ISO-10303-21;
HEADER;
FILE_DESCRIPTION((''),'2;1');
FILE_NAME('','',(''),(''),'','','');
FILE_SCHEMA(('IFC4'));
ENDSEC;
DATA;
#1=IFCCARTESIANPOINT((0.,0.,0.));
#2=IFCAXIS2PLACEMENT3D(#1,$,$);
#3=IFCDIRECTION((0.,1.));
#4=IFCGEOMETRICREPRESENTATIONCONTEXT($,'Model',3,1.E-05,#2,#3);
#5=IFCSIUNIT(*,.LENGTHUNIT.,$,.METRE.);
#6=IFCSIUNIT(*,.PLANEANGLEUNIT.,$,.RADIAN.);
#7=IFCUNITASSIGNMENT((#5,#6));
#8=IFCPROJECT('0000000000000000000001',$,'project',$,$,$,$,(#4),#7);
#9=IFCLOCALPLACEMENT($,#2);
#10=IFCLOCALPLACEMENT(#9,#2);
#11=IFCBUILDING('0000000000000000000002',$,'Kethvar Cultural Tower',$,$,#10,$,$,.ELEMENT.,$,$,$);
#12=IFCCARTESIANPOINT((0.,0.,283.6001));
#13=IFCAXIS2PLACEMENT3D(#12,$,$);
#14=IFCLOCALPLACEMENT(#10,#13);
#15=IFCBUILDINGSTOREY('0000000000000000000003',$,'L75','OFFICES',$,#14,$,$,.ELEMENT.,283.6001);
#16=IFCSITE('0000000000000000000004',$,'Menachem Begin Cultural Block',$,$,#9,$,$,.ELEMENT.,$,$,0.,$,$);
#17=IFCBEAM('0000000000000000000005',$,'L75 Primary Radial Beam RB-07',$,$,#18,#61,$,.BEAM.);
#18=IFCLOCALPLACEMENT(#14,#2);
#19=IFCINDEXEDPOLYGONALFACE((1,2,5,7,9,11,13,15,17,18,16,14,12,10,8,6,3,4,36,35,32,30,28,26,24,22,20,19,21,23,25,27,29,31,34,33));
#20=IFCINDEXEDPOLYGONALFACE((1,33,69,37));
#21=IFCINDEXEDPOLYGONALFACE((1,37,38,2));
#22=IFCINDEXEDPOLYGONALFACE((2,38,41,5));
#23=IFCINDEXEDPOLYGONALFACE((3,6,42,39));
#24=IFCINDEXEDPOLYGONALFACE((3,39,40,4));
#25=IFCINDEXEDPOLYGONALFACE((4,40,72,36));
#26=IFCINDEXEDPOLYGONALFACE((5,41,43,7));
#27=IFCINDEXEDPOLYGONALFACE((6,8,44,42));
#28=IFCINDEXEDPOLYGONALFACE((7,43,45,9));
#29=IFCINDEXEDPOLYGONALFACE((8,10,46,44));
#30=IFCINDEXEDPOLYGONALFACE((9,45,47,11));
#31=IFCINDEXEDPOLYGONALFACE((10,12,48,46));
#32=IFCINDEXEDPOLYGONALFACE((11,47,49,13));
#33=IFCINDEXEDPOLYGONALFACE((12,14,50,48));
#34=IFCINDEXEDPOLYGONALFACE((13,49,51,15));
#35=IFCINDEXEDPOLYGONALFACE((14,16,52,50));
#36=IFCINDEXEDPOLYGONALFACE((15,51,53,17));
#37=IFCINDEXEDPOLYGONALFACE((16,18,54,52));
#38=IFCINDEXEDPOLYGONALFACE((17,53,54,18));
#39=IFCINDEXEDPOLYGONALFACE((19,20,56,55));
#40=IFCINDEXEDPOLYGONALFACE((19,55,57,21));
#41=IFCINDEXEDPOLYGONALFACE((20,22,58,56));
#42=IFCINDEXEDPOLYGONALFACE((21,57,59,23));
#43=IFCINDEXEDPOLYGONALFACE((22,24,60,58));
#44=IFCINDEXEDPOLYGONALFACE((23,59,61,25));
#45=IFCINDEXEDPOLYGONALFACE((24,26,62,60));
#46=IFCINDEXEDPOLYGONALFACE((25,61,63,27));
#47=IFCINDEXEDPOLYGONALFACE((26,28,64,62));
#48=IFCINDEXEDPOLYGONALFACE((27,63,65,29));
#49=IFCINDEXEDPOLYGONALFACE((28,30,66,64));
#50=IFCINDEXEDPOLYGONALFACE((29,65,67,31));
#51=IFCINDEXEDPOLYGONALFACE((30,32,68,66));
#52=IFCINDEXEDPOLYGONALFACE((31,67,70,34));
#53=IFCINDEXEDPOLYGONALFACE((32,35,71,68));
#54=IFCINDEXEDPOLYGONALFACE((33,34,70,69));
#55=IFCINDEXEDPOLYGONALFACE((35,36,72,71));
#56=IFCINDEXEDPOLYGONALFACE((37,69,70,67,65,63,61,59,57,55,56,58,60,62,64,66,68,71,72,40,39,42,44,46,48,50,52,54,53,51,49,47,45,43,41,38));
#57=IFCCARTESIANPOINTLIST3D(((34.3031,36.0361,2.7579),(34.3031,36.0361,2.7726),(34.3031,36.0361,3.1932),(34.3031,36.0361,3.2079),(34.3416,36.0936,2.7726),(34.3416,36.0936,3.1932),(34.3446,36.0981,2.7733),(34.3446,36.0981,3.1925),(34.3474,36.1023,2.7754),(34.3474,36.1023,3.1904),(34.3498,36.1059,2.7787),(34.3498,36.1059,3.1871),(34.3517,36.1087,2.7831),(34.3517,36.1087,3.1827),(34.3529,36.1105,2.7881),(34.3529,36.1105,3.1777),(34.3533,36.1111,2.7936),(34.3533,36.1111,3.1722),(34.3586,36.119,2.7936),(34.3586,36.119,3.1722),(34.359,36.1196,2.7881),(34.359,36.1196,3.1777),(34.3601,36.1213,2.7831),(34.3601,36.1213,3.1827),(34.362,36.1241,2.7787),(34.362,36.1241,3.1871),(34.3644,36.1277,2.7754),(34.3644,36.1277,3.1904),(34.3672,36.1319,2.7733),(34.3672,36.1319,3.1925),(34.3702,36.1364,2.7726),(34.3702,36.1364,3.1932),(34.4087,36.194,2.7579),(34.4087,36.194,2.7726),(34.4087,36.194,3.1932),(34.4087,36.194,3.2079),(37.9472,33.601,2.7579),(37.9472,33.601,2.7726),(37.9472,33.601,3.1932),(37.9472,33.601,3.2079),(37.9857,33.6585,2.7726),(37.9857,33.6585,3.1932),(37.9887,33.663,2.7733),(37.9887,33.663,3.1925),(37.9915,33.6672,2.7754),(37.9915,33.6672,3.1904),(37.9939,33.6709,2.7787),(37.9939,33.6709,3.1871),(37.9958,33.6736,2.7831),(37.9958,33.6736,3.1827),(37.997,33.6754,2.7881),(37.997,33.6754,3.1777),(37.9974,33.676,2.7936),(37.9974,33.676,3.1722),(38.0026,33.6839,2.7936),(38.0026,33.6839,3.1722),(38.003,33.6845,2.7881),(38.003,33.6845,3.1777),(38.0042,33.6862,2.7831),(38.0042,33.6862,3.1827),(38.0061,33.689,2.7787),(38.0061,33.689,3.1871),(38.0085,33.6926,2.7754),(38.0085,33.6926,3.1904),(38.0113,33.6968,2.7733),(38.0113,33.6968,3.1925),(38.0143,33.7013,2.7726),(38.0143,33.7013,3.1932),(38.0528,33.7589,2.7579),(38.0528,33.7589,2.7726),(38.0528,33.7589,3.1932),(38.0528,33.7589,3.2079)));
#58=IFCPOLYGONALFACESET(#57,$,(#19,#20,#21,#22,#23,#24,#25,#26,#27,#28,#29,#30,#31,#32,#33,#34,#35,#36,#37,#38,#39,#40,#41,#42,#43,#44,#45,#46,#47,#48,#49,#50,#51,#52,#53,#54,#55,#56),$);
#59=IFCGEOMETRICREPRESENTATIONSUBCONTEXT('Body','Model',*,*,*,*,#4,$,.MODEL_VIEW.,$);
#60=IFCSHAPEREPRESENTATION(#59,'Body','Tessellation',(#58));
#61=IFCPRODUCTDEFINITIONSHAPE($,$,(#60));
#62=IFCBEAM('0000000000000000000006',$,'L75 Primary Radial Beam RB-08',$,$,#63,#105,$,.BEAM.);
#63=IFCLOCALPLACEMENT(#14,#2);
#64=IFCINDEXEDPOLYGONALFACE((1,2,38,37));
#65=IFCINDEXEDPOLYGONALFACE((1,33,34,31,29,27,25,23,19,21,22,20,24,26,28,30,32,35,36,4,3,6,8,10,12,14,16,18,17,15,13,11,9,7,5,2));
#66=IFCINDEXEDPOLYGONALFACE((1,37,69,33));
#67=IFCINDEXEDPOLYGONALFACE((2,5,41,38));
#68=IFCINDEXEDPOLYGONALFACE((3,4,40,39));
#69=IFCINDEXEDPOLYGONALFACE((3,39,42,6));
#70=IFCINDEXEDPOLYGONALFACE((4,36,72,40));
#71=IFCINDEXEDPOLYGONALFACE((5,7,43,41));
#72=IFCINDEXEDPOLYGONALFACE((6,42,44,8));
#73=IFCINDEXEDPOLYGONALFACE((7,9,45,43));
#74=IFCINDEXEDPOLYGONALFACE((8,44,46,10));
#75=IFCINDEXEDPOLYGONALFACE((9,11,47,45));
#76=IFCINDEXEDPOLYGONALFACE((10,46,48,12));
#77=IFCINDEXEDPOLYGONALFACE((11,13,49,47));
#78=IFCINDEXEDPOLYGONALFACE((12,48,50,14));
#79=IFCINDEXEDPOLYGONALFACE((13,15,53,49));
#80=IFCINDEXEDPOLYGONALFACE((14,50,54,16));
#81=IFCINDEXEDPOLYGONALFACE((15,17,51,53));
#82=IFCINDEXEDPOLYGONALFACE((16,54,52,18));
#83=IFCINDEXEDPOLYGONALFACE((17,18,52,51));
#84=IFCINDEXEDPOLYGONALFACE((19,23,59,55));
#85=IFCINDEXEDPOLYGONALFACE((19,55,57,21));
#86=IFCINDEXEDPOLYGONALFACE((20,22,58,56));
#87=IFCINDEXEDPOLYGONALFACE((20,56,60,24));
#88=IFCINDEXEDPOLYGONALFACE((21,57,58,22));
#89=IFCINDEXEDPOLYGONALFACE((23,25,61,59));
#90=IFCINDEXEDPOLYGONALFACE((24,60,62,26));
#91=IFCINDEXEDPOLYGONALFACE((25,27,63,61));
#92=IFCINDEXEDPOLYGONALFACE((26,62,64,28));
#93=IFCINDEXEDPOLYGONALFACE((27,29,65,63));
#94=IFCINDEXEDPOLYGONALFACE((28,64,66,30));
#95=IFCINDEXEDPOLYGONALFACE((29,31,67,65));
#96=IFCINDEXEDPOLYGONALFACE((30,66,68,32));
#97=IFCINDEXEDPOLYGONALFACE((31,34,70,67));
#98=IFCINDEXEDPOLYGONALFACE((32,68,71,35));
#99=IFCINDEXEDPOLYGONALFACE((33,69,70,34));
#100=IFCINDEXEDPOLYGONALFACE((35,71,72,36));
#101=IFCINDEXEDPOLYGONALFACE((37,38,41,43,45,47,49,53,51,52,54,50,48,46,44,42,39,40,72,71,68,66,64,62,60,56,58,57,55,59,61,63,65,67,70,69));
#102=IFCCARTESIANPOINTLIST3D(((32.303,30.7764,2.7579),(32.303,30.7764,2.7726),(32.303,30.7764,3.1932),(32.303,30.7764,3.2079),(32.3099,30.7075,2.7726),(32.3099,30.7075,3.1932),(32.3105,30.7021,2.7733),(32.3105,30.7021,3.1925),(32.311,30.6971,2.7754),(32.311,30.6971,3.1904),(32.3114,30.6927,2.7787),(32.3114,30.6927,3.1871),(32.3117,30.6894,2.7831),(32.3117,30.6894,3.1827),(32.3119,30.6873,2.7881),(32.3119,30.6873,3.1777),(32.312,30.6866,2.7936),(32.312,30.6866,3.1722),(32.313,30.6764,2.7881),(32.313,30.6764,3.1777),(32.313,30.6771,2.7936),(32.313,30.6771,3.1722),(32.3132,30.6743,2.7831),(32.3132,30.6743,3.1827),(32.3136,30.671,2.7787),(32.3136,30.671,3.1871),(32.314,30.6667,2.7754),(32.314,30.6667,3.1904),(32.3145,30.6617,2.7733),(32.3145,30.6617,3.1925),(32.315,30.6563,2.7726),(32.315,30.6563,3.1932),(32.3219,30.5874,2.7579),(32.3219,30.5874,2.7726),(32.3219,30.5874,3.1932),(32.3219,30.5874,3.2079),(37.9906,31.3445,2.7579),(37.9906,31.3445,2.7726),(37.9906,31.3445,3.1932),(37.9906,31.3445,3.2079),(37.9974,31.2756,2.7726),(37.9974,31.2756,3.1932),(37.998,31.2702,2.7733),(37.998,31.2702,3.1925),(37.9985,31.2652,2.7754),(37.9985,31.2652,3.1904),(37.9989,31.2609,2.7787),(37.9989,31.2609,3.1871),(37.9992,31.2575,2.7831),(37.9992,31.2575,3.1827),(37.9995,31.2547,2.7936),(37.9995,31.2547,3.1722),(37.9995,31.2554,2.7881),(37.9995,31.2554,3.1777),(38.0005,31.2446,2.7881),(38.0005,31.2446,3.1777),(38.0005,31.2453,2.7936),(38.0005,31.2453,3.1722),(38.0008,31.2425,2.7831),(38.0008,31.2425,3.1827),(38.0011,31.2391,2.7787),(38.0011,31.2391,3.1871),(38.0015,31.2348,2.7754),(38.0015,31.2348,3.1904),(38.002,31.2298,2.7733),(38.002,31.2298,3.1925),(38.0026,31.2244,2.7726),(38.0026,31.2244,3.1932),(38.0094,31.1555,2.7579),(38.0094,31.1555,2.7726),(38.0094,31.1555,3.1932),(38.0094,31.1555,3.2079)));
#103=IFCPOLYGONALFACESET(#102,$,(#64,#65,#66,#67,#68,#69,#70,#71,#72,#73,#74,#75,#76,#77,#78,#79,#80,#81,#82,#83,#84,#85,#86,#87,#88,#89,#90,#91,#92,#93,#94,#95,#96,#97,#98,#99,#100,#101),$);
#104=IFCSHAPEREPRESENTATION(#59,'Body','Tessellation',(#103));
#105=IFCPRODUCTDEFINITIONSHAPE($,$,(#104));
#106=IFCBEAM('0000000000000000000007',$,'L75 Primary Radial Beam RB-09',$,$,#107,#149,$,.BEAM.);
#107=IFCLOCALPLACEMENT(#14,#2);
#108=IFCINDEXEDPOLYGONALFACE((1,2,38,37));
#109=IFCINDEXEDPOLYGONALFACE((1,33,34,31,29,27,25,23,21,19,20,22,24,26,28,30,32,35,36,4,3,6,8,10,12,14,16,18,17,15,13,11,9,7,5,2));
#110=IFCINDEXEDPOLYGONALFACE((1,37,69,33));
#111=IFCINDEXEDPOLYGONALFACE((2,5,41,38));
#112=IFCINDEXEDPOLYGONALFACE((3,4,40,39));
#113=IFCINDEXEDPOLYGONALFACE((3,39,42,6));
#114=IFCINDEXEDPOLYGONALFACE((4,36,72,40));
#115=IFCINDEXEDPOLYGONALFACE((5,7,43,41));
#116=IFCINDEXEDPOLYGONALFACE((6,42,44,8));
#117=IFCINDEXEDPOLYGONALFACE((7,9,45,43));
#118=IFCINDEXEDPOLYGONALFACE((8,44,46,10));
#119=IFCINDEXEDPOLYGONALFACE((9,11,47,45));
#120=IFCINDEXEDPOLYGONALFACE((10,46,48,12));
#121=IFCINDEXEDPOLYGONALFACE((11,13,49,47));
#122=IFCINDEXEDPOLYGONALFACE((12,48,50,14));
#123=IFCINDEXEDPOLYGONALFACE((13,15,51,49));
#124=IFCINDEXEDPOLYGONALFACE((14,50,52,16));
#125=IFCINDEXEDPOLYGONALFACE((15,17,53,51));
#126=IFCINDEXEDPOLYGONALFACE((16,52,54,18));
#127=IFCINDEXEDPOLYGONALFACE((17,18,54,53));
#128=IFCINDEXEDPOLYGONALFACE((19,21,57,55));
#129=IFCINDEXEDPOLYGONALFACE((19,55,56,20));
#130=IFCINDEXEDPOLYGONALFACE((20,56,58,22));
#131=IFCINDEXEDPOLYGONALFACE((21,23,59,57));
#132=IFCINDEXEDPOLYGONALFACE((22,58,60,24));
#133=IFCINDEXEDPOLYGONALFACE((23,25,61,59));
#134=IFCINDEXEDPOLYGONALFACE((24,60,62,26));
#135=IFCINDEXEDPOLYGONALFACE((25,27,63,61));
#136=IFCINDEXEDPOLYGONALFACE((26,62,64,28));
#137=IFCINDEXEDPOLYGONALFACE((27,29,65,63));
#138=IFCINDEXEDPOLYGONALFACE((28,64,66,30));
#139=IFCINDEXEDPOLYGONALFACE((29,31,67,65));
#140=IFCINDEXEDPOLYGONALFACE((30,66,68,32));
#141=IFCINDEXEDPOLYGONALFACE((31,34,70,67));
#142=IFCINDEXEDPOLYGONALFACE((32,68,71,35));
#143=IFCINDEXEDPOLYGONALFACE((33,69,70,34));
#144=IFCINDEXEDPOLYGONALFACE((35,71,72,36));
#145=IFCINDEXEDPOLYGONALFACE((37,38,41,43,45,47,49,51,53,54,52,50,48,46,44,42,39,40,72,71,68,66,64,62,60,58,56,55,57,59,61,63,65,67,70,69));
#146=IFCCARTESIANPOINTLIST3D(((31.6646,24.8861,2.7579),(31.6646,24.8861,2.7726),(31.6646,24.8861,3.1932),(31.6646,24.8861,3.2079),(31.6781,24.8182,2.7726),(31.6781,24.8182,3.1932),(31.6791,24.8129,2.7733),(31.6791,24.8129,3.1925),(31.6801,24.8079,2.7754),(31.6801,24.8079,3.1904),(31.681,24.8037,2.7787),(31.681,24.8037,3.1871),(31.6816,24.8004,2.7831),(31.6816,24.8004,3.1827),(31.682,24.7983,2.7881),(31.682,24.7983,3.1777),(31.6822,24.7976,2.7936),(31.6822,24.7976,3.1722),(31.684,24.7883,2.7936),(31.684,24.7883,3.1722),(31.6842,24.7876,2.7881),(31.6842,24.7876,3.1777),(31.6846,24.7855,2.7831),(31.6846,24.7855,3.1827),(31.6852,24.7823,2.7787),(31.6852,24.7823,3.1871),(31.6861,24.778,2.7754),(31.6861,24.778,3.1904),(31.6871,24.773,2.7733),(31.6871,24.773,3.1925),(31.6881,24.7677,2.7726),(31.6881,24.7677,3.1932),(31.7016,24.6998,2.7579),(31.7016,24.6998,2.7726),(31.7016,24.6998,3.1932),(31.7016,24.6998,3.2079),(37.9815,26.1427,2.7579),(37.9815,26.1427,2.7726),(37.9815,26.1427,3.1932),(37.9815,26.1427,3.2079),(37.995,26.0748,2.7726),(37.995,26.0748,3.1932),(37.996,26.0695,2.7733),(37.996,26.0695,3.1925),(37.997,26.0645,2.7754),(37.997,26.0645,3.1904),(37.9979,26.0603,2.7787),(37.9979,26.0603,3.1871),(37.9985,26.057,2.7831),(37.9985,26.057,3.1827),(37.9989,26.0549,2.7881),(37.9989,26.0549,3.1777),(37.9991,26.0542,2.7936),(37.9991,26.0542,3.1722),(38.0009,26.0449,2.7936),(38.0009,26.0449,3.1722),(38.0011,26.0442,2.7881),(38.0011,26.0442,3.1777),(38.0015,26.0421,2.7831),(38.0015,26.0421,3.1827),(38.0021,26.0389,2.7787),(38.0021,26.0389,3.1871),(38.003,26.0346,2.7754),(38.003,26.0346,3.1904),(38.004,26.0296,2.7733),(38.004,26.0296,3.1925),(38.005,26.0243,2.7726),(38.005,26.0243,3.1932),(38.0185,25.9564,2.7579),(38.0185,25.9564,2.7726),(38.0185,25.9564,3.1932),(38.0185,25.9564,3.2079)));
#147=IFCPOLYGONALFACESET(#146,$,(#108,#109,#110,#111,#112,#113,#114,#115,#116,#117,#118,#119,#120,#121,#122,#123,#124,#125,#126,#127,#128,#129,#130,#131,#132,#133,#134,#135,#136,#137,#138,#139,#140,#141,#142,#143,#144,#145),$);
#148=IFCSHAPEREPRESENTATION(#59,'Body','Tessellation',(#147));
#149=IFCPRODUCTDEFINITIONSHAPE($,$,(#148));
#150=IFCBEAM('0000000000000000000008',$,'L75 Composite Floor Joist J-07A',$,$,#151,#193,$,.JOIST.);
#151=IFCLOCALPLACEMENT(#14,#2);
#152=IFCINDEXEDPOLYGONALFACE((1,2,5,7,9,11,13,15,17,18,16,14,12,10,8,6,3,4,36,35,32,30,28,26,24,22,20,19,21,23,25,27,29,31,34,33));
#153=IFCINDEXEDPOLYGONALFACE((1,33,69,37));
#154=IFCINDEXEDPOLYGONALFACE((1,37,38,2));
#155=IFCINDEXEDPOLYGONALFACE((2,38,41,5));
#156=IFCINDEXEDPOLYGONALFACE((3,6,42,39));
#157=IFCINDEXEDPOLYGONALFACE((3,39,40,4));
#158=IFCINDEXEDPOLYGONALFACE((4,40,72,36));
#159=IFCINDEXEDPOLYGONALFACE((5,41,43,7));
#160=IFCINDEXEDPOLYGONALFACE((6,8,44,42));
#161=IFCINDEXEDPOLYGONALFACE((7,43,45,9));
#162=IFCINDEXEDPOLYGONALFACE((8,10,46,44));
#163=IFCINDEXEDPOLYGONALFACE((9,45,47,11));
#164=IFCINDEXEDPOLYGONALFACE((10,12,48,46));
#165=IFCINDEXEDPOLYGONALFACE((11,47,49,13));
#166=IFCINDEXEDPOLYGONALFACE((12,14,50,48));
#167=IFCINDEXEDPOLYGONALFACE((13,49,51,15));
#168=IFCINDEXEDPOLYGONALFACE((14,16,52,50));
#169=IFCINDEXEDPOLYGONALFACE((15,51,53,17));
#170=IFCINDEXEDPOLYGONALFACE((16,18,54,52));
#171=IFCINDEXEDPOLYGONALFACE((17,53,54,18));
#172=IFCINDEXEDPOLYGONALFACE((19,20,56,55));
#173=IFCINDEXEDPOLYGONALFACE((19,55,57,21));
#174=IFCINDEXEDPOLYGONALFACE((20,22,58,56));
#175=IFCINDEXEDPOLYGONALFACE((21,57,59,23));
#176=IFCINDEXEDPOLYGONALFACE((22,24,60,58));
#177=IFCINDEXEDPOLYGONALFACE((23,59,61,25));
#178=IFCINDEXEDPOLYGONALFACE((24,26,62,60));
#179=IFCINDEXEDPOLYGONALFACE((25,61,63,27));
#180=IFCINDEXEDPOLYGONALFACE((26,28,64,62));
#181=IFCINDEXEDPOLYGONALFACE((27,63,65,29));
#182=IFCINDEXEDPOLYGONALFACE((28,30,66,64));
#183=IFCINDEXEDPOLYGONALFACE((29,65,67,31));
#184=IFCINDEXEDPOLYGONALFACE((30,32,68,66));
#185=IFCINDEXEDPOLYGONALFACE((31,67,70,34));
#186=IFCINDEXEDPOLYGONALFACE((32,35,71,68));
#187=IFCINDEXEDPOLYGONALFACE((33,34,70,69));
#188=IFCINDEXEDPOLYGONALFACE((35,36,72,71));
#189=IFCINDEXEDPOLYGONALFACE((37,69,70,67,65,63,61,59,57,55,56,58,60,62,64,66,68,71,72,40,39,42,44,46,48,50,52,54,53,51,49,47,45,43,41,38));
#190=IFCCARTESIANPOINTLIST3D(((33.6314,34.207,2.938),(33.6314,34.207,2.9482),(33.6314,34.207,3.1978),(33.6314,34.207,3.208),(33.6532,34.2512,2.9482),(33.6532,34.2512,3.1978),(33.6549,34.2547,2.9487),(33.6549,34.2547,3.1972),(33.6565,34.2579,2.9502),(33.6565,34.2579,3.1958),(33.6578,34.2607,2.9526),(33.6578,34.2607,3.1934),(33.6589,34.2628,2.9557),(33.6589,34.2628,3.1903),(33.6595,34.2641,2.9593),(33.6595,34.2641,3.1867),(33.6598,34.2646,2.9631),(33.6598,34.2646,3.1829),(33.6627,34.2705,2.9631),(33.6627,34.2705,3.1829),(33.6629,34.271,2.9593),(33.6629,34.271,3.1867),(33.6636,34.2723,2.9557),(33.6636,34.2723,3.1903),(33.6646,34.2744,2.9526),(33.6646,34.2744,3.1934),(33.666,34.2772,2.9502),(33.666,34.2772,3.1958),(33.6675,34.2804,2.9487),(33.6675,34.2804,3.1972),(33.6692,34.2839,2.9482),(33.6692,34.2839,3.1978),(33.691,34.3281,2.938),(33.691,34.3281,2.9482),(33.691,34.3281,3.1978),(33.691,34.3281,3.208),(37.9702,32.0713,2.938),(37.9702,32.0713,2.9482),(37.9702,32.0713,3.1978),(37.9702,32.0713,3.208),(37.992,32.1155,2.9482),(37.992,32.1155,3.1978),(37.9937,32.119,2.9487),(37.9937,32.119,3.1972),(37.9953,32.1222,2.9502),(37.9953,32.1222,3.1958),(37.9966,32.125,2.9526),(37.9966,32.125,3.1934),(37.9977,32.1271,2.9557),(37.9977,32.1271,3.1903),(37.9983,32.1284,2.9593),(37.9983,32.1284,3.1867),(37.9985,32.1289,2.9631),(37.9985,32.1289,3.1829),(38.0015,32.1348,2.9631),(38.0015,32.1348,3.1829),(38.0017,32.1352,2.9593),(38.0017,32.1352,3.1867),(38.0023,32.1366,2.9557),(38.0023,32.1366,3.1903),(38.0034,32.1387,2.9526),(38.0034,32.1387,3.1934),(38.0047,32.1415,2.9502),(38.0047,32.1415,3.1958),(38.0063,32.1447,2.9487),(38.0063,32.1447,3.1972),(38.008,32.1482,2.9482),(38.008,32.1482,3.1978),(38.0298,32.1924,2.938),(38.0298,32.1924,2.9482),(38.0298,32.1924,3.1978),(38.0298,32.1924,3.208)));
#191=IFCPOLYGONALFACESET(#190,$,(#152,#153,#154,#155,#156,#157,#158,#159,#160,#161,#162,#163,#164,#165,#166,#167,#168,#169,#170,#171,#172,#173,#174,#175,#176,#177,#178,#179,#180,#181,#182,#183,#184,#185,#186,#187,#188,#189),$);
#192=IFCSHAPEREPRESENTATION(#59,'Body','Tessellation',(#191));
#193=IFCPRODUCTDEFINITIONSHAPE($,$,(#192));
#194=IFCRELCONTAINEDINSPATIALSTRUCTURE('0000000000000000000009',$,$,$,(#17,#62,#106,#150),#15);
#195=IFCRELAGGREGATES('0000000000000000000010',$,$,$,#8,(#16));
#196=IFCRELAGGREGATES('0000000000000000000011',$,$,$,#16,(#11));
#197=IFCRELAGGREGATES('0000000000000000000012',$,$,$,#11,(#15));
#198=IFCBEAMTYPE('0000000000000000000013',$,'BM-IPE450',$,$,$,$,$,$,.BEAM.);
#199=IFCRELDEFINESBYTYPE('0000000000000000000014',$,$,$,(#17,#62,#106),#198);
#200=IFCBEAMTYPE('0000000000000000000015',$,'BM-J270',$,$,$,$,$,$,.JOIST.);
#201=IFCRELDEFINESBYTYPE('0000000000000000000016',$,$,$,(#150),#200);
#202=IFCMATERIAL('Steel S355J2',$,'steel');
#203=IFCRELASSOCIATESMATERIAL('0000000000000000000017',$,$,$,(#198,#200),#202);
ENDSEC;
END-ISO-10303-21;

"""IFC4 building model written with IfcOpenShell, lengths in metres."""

from ifc_helpers import new_model, si_unit, direction, frame, origin, origin_2d, place, context, subcontext, project, spatial, i_section, extrude, source, transform, mapped, material, material_profile, profile_set, type_object, element, save


model = new_model("IFC4")

# Units and contexts
model_context = context("Model", 3, precision=1e-05, world=origin(), true_north=direction((0.0, 1.0)))
body_context = subcontext(model_context, "Body", "Model", "MODEL_VIEW")
ifc_project = project(units=[si_unit("LENGTHUNIT", "METRE"), si_unit("PLANEANGLEUNIT", "RADIAN")], contexts=[model_context])

# Site, building, storey
site_placement = place(None, origin())
site = spatial("IfcSite", under=ifc_project, at=site_placement, Name="Menachem Begin Cultural Block", CompositionType="ELEMENT", RefElevation=0.0)
building_placement = place(site_placement, origin())
building = spatial("IfcBuilding", under=site, at=building_placement, Name="Kethvar Cultural Tower", CompositionType="ELEMENT")
storey_placement = place(building_placement, frame((0.0, 0.0, 283.6001)))
storey = spatial("IfcBuildingStorey", under=building, at=storey_placement, Name="L75", Description="OFFICES", CompositionType="ELEMENT", Elevation=283.6001)

# Beams
ifc_material_1 = material(Name="Steel S355J2", Category="steel")
ifc_material_profile_1 = material_profile(ifc_material_1, i_section(OverallWidth=0.1899, OverallDepth=0.45, WebThickness=0.0095, FlangeThickness=0.0146, FilletRadius=0.021, at=origin_2d()), Name="Steel S355J2 — IPE450")
ifc_profile_set_1 = profile_set([ifc_material_profile_1], Name="Steel S355J2 — IPE450")
beam_type_1 = type_object("IfcBeamType", Name="BM-IPE450", PredefinedType="BEAM", material=ifc_profile_set_1)
shared_shape_1 = source(origin(), body_context, "Body", "SweptSolid", [
    extrude(i_section(OverallWidth=0.1899, OverallDepth=0.45, WebThickness=0.0095, FlangeThickness=0.0146, FilletRadius=0.021, at=origin_2d()), origin(), (0.0, 0.0, 1.0), 4.3828),
])
beam_1_placement = place(storey_placement, frame((38.0, 33.6799, 2.9829), z_axis=(-0.83145, 0.5556, 0.0), x_axis=(-0.5556, -0.83145, 0.0)))
element("IfcBeam", 1, at=beam_1_placement, inside=storey, type_object=beam_type_1, Name="L75 Primary Radial Beam RB-07", PredefinedType="BEAM", context=body_context, shape_type="MappedRepresentation", body=[
    mapped(shared_shape_1, transform((0.0, 0.0, 0.0), scale=1.0)),
])
shared_shape_2 = source(origin(), body_context, "Body", "SweptSolid", [
    extrude(i_section(OverallWidth=0.1899, OverallDepth=0.45, WebThickness=0.0095, FlangeThickness=0.0146, FilletRadius=0.021, at=origin_2d()), origin(), (0.0, 0.0, 1.0), 5.7158),
])
beam_2_placement = place(storey_placement, frame((38.0, 31.25, 2.9829), z_axis=(-0.995048, -0.099394, 0.0), x_axis=(0.099394, -0.995048, 0.0)))
element("IfcBeam", 2, at=beam_2_placement, inside=storey, type_object=beam_type_1, Name="L75 Primary Radial Beam RB-08", PredefinedType="BEAM", context=body_context, shape_type="MappedRepresentation", body=[
    mapped(shared_shape_2, transform((0.0, 0.0, 0.0), scale=1.0)),
])
shared_shape_3 = source(origin(), body_context, "Body", "SweptSolid", [
    extrude(i_section(OverallWidth=0.1899, OverallDepth=0.45, WebThickness=0.0095, FlangeThickness=0.0146, FilletRadius=0.021, at=origin_2d()), origin(), (0.0, 0.0, 1.0), 6.4407),
])
beam_3_placement = place(storey_placement, frame((38.0, 26.0496, 2.9829), z_axis=(-0.980783, -0.195103, 0.0), x_axis=(0.195103, -0.980783, 0.0)))
element("IfcBeam", 3, at=beam_3_placement, inside=storey, type_object=beam_type_1, Name="L75 Primary Radial Beam RB-09", PredefinedType="BEAM", context=body_context, shape_type="MappedRepresentation", body=[
    mapped(shared_shape_3, transform((0.0, 0.0, 0.0), scale=1.0)),
])
ifc_material_profile_2 = material_profile(ifc_material_1, i_section(OverallWidth=0.135, OverallDepth=0.27, WebThickness=0.0066, FlangeThickness=0.0103, FilletRadius=0.0149, at=origin_2d()), Name="Steel S355J2 — IPE270")
ifc_profile_set_2 = profile_set([ifc_material_profile_2], Name="Steel S355J2 — IPE270")
beam_type_2 = type_object("IfcBeamType", Name="BM-J270", PredefinedType="JOIST", material=ifc_profile_set_2)
shared_shape_4 = source(origin(), body_context, "Body", "SweptSolid", [
    extrude(i_section(OverallWidth=0.135, OverallDepth=0.27, WebThickness=0.0066, FlangeThickness=0.0103, FilletRadius=0.0149, at=origin_2d()), origin(), (0.0, 0.0, 1.0), 4.8359),
])
beam_4_placement = place(storey_placement, frame((38.0, 32.1318, 3.073), z_axis=(-0.897197, 0.441632, 0.0), x_axis=(-0.441632, -0.897197, 0.0)))
element("IfcBeam", 4, at=beam_4_placement, inside=storey, type_object=beam_type_2, Name="L75 Composite Floor Joist J-07A", PredefinedType="JOIST", context=body_context, shape_type="MappedRepresentation", body=[
    mapped(shared_shape_4, transform((0.0, 0.0, 0.0), scale=1.0)),
])

save(model, "model.ifc")
